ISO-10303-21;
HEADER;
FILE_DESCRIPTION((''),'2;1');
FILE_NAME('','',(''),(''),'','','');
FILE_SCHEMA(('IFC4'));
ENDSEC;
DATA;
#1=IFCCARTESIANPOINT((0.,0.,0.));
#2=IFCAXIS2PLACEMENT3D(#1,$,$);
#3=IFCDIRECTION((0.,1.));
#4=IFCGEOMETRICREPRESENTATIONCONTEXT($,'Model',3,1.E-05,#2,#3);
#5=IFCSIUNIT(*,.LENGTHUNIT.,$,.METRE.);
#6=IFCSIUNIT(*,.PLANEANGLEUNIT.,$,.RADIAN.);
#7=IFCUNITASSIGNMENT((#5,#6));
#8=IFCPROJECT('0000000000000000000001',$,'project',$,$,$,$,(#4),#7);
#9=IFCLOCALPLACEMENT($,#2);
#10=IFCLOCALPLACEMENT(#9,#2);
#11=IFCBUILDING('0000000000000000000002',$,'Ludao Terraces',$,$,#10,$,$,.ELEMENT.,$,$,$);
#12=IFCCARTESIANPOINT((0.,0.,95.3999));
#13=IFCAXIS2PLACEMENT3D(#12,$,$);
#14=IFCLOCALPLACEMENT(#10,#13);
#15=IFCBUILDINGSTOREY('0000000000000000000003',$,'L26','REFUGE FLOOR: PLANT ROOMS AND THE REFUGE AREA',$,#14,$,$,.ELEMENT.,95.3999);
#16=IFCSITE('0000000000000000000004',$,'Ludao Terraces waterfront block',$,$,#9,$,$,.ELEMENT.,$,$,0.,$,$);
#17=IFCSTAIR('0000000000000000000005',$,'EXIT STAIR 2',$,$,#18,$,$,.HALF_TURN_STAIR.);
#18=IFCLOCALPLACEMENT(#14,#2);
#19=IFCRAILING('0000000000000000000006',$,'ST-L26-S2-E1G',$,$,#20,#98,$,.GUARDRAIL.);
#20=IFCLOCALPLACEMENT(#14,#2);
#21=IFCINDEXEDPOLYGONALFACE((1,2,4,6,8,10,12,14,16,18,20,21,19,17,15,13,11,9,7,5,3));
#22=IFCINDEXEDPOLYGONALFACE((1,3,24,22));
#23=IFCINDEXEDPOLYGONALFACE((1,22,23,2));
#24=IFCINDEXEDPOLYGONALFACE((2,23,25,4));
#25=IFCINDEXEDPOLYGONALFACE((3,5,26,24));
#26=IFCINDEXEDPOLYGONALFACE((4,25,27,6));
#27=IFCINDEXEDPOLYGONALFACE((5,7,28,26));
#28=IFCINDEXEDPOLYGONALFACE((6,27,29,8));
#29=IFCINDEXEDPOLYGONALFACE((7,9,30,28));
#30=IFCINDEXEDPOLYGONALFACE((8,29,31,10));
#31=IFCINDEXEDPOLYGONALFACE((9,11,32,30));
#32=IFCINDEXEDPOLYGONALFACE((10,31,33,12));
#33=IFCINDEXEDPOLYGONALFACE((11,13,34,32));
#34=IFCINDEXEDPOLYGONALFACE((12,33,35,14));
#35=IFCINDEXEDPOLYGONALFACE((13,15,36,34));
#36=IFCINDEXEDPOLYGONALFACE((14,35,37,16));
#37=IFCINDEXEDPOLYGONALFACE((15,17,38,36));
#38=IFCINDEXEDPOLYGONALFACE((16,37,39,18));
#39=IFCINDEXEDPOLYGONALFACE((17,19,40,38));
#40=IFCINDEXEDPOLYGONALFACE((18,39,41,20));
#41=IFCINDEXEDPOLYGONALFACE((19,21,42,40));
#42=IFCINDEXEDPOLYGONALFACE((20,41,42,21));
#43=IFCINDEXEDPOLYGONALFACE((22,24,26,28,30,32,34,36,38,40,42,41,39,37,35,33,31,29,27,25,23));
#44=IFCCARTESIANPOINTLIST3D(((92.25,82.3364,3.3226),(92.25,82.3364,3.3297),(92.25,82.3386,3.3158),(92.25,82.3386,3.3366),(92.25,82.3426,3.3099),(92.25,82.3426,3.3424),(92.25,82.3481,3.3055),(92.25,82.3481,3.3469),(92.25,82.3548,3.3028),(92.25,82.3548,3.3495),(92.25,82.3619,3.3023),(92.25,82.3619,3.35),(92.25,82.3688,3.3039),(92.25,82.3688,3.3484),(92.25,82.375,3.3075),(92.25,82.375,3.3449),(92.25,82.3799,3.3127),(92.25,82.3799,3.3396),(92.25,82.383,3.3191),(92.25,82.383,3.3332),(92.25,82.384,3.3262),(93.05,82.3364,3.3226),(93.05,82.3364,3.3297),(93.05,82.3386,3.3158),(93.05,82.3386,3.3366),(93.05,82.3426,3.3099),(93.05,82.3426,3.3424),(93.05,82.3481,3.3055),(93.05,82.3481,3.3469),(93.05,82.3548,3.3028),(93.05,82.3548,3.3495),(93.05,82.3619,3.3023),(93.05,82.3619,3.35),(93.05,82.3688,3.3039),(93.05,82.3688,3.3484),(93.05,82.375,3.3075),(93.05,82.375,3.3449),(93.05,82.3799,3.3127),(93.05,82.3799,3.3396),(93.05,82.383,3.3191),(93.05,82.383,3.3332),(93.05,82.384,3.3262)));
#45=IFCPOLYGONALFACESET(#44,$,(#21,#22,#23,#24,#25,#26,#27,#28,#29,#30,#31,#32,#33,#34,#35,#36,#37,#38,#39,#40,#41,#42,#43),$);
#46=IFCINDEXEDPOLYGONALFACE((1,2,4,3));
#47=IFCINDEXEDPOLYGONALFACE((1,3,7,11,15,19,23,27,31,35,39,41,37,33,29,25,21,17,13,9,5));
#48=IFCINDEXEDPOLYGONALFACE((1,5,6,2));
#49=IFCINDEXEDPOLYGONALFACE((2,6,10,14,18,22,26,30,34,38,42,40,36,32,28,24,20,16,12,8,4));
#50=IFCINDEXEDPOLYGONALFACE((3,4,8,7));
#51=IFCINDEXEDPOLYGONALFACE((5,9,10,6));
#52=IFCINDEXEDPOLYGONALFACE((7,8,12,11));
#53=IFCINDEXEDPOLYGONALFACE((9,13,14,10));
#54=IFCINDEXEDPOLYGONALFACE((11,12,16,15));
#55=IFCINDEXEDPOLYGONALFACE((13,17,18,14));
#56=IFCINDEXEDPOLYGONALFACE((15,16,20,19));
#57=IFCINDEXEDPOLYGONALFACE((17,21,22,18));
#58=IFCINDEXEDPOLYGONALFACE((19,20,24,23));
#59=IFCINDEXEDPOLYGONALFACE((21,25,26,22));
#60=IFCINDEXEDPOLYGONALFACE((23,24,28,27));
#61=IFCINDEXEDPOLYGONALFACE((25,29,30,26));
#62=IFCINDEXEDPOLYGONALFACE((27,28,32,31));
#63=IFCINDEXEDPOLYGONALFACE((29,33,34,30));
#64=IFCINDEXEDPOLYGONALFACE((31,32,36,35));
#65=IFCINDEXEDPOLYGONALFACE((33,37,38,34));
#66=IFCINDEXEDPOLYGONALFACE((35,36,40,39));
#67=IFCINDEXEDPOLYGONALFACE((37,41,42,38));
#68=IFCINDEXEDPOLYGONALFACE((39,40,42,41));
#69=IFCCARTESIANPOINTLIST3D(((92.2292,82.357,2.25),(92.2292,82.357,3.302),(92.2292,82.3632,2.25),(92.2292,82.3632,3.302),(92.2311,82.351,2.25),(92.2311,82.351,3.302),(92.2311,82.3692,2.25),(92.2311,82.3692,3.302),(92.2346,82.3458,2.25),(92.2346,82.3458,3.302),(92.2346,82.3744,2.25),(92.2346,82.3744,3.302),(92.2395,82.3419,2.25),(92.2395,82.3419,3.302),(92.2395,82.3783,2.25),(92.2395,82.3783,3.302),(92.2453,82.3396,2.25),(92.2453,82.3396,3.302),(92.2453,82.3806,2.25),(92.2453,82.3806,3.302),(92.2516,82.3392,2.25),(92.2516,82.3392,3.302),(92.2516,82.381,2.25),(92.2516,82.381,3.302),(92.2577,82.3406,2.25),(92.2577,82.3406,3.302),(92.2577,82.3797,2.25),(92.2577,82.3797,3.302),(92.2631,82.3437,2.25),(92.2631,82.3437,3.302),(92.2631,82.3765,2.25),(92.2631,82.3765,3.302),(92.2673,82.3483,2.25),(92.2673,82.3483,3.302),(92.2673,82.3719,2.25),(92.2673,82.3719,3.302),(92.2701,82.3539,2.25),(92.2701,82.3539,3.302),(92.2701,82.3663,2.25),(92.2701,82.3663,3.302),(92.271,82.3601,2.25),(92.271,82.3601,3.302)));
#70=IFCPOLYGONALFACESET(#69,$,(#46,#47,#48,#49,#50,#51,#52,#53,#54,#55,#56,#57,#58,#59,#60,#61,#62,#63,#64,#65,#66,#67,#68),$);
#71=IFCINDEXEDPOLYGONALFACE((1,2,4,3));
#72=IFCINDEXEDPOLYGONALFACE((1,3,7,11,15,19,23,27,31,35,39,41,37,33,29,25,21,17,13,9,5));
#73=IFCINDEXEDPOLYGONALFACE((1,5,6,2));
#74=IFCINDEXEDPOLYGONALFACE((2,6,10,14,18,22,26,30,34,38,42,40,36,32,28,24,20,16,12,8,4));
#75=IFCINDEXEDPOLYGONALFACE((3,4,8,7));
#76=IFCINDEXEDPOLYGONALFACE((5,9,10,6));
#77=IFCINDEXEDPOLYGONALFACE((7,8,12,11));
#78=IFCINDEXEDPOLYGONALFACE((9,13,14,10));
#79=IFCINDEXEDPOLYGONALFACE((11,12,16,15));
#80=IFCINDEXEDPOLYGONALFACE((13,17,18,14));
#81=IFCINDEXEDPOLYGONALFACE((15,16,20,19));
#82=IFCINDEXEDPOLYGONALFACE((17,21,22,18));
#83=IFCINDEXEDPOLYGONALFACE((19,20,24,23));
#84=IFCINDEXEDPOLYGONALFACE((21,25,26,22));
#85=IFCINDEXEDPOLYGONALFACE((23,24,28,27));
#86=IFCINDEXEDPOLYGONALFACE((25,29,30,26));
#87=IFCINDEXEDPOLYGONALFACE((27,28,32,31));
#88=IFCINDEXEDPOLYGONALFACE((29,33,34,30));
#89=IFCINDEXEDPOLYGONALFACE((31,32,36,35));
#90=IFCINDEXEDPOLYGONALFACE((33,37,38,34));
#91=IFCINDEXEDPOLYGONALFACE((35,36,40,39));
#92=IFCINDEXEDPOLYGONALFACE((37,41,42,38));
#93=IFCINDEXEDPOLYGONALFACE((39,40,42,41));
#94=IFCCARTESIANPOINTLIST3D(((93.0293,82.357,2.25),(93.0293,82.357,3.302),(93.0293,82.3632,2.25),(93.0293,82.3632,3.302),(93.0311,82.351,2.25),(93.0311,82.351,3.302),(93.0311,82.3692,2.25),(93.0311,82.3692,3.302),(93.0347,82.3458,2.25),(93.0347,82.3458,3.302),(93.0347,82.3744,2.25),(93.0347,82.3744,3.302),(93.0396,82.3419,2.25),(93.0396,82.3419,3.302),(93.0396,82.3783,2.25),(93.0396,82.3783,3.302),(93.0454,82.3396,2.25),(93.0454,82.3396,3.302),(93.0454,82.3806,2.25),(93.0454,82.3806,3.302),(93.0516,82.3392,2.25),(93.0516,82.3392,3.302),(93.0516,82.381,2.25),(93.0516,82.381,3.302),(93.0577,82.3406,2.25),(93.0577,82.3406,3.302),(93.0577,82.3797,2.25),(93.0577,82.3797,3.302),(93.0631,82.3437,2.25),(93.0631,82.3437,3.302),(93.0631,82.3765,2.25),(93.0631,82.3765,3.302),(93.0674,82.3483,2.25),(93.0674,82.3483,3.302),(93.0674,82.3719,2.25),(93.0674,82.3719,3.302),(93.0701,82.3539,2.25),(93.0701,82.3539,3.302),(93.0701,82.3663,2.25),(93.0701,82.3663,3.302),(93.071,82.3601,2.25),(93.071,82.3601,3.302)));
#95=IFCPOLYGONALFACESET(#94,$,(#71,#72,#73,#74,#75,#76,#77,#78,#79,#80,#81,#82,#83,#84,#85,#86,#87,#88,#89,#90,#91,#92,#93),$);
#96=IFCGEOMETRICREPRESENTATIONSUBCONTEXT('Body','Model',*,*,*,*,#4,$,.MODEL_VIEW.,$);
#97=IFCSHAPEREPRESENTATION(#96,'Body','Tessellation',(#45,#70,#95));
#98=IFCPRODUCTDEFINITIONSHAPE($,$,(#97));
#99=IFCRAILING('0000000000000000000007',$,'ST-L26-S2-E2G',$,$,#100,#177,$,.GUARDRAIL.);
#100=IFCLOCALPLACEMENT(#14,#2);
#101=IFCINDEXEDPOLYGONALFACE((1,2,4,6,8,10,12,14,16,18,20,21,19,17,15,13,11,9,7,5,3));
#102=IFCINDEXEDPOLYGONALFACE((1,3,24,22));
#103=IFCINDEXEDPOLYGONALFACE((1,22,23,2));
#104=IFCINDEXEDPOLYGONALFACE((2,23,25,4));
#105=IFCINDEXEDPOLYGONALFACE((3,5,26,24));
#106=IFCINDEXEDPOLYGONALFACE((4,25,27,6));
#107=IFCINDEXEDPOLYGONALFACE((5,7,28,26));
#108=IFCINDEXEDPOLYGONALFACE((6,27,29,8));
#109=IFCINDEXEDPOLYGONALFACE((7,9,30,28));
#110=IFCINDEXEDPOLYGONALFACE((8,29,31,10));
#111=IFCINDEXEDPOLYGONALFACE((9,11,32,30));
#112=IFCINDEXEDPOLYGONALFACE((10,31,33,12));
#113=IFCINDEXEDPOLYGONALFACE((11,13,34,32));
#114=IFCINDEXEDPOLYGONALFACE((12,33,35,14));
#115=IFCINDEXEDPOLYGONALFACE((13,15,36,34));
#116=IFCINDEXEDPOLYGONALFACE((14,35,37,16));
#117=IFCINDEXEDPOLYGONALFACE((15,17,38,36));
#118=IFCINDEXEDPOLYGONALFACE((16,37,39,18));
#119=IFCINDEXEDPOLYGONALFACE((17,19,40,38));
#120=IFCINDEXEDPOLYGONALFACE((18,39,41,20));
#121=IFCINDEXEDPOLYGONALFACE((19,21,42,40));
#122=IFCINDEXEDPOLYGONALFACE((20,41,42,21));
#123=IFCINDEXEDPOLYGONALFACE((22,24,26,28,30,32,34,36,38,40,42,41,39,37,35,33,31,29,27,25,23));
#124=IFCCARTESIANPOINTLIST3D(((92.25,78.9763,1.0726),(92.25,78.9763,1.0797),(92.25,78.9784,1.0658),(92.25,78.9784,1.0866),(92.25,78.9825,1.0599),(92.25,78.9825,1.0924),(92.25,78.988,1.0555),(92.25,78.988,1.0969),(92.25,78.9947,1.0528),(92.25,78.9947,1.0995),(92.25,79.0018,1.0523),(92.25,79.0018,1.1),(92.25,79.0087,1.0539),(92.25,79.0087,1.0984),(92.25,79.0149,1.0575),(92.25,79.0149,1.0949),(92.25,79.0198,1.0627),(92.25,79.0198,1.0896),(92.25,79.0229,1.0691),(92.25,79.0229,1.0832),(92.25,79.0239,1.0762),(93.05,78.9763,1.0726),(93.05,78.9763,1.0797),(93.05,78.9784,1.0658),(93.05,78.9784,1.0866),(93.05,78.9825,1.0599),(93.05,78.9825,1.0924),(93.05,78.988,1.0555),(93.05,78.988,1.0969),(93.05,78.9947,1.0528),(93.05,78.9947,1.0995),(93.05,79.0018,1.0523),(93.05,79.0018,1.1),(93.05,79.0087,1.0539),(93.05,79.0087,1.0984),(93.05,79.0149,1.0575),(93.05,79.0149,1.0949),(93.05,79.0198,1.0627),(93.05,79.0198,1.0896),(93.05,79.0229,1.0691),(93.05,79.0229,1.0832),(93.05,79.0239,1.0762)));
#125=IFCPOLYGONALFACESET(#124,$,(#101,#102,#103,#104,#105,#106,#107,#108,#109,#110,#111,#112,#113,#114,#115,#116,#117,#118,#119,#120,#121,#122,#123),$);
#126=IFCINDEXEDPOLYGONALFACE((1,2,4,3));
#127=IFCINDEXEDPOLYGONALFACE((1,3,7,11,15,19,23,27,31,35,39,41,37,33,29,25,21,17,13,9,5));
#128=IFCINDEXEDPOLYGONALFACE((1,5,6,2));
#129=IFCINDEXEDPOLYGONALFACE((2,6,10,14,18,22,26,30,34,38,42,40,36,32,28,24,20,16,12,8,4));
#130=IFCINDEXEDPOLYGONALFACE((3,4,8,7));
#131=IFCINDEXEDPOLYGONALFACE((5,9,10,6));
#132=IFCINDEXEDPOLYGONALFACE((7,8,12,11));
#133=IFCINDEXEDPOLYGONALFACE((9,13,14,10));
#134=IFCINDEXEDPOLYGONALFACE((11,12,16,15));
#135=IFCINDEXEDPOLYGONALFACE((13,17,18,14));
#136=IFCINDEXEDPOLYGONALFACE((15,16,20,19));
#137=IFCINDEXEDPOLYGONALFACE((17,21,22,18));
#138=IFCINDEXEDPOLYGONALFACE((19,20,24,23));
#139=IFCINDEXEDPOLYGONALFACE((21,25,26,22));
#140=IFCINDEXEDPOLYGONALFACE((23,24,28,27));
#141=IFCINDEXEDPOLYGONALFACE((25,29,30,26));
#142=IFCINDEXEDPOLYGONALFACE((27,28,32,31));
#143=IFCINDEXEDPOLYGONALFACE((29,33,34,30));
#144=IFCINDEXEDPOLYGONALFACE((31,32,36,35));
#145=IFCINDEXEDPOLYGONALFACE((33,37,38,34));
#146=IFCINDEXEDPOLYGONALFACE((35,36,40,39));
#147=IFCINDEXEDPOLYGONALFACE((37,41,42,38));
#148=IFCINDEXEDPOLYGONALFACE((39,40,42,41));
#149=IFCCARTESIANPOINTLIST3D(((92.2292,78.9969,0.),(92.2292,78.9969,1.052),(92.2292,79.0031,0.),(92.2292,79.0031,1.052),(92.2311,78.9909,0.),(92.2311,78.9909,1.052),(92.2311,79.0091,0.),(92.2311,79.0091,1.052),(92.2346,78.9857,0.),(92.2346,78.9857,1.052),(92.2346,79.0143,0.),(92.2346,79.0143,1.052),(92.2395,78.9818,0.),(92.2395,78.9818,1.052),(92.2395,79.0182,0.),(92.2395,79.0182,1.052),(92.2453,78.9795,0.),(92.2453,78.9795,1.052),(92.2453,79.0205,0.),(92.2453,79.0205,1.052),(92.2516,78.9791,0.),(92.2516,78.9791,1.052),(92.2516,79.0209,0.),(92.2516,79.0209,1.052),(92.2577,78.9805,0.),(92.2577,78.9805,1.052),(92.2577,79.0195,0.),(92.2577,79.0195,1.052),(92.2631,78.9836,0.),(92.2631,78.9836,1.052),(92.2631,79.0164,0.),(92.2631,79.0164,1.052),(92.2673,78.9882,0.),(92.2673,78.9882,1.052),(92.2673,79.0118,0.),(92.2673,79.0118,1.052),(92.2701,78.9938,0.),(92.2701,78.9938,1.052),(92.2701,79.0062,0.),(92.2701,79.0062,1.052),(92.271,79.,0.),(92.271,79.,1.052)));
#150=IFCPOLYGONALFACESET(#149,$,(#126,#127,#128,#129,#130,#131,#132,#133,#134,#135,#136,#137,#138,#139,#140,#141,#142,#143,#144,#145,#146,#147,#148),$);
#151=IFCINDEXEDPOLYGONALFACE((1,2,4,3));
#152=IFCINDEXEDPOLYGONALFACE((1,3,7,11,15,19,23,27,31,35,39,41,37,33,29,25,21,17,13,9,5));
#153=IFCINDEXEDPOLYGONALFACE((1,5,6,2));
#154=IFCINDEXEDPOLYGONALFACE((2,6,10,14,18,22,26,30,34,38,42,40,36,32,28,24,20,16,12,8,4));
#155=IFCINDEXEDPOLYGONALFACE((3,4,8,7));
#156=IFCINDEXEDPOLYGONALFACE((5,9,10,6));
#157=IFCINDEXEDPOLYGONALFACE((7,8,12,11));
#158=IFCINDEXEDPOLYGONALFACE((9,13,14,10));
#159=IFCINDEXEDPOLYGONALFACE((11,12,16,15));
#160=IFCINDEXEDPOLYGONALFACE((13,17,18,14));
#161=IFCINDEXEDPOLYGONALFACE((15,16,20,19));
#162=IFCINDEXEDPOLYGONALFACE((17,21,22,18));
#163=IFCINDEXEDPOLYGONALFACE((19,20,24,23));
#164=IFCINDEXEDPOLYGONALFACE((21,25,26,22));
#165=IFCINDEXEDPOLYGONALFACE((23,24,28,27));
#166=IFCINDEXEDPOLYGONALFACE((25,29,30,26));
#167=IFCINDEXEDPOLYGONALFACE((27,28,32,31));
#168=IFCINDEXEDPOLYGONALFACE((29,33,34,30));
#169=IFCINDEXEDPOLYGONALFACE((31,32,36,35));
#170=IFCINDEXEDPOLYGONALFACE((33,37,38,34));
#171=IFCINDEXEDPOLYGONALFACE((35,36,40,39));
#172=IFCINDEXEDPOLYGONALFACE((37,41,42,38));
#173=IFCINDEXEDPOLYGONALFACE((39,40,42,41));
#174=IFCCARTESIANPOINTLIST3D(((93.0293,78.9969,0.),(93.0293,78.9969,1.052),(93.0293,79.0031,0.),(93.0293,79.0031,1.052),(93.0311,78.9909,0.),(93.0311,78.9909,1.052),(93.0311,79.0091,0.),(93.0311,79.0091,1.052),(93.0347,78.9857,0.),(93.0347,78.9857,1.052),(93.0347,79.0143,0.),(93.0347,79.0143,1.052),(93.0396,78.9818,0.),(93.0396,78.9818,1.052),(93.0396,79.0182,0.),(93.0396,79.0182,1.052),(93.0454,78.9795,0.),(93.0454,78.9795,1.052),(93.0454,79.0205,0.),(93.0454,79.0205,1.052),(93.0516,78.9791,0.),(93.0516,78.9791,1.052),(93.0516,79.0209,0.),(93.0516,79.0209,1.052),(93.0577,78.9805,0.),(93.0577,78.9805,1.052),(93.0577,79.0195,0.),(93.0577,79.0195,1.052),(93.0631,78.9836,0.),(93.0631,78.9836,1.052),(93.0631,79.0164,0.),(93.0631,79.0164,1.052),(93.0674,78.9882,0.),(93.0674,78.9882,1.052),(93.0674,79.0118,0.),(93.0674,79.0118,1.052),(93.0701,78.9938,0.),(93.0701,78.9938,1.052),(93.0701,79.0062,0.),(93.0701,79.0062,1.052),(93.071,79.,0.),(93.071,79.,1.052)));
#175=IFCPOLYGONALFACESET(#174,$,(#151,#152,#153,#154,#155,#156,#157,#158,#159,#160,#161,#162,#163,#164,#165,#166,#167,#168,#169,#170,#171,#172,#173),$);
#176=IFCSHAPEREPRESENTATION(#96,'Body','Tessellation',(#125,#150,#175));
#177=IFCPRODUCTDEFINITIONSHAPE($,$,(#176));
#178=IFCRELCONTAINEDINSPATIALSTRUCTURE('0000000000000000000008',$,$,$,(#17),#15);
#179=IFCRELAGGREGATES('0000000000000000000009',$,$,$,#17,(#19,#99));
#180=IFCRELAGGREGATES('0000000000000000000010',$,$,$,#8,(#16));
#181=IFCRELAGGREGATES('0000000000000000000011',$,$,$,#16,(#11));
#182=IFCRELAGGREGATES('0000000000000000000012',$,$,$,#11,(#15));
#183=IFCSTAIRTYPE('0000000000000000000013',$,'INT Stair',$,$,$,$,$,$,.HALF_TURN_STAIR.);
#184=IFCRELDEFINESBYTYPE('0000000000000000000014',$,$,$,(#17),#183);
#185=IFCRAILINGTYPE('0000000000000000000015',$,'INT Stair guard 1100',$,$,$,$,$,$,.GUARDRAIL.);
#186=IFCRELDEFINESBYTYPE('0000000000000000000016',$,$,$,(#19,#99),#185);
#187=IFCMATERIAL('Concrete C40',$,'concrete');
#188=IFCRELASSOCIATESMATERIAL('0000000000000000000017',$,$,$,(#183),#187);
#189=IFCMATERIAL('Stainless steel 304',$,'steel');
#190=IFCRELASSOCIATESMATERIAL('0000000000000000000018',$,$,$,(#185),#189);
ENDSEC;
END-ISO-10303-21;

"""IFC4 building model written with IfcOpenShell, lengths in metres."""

from ifc_helpers import new_model, si_unit, direction, frame, origin, origin_2d, place, context, subcontext, project, spatial, circle, extrude, material, type_object, element, aggregate, save


model = new_model("IFC4")

# Units and contexts
model_context = context("Model", 3, precision=1e-05, world=origin(), true_north=direction((0.0, 1.0)))
body_context = subcontext(model_context, "Body", "Model", "MODEL_VIEW")
ifc_project = project(units=[si_unit("LENGTHUNIT", "METRE"), si_unit("PLANEANGLEUNIT", "RADIAN")], contexts=[model_context])

# Site, building, storey
site_placement = place(None, origin())
site = spatial("IfcSite", under=ifc_project, at=site_placement, Name="Ludao Terraces waterfront block", CompositionType="ELEMENT", RefElevation=0.0)
building_placement = place(site_placement, origin())
building = spatial("IfcBuilding", under=site, at=building_placement, Name="Ludao Terraces", CompositionType="ELEMENT")
storey_placement = place(building_placement, frame((0.0, 0.0, 95.3999)))
storey = spatial("IfcBuildingStorey", under=building, at=storey_placement, Name="L26", Description="REFUGE FLOOR: PLANT ROOMS AND THE REFUGE AREA", CompositionType="ELEMENT", Elevation=95.3999)

# Stair, railings
ifc_material_1 = material(Name="Concrete C40", Category="concrete")
stair_type = type_object("IfcStairType", Name="INT Stair", PredefinedType="HALF_TURN_STAIR", material=ifc_material_1)
stair_placement = place(storey_placement, origin())
stair = element("IfcStair", 1, at=stair_placement, inside=storey, type_object=stair_type, Name="EXIT STAIR 2", PredefinedType="HALF_TURN_STAIR")
ifc_material_2 = material(Name="Stainless steel 304", Category="steel")
railing_type_1 = type_object("IfcRailingType", Name="INT Stair guard 1100", PredefinedType="GUARDRAIL", material=ifc_material_2)
railing_1_placement = place(storey_placement, frame((92.25, 82.3601, 2.25)))
railing_1 = element("IfcRailing", 2, at=railing_1_placement, type_object=railing_type_1, Name="ST-L26-S2-E1G", PredefinedType="GUARDRAIL", context=body_context, shape_type="SweptSolid", body=[
    extrude(circle(Radius=0.0239, at=origin_2d()), frame((0.0, 0.0, 1.0762), z_axis=(1.0, 0.0, 0.0), x_axis=(0.0, 1.0, 0.0)), (0.0, 0.0, 1.0), 0.8),
    extrude(circle(Radius=0.021, at=origin_2d()), origin(), (0.0, 0.0, 1.0), 1.052),
    extrude(circle(Radius=0.021, at=origin_2d()), frame((0.8, 0.0, 0.0)), (0.0, 0.0, 1.0), 1.052),
])
railing_2_placement = place(storey_placement, frame((92.25, 79.0, 0.0)))
railing_2 = element("IfcRailing", 3, at=railing_2_placement, type_object=railing_type_1, Name="ST-L26-S2-E2G", PredefinedType="GUARDRAIL", context=body_context, shape_type="SweptSolid", body=[
    extrude(circle(Radius=0.0239, at=origin_2d()), frame((0.0, 0.0, 1.0762), z_axis=(1.0, 0.0, 0.0), x_axis=(0.0, 1.0, 0.0)), (0.0, 0.0, 1.0), 0.8),
    extrude(circle(Radius=0.021, at=origin_2d()), origin(), (0.0, 0.0, 1.0), 1.052),
    extrude(circle(Radius=0.021, at=origin_2d()), frame((0.8, 0.0, 0.0)), (0.0, 0.0, 1.0), 1.052),
])
aggregate(stair, [railing_1, railing_2])

save(model, "model.ifc")
